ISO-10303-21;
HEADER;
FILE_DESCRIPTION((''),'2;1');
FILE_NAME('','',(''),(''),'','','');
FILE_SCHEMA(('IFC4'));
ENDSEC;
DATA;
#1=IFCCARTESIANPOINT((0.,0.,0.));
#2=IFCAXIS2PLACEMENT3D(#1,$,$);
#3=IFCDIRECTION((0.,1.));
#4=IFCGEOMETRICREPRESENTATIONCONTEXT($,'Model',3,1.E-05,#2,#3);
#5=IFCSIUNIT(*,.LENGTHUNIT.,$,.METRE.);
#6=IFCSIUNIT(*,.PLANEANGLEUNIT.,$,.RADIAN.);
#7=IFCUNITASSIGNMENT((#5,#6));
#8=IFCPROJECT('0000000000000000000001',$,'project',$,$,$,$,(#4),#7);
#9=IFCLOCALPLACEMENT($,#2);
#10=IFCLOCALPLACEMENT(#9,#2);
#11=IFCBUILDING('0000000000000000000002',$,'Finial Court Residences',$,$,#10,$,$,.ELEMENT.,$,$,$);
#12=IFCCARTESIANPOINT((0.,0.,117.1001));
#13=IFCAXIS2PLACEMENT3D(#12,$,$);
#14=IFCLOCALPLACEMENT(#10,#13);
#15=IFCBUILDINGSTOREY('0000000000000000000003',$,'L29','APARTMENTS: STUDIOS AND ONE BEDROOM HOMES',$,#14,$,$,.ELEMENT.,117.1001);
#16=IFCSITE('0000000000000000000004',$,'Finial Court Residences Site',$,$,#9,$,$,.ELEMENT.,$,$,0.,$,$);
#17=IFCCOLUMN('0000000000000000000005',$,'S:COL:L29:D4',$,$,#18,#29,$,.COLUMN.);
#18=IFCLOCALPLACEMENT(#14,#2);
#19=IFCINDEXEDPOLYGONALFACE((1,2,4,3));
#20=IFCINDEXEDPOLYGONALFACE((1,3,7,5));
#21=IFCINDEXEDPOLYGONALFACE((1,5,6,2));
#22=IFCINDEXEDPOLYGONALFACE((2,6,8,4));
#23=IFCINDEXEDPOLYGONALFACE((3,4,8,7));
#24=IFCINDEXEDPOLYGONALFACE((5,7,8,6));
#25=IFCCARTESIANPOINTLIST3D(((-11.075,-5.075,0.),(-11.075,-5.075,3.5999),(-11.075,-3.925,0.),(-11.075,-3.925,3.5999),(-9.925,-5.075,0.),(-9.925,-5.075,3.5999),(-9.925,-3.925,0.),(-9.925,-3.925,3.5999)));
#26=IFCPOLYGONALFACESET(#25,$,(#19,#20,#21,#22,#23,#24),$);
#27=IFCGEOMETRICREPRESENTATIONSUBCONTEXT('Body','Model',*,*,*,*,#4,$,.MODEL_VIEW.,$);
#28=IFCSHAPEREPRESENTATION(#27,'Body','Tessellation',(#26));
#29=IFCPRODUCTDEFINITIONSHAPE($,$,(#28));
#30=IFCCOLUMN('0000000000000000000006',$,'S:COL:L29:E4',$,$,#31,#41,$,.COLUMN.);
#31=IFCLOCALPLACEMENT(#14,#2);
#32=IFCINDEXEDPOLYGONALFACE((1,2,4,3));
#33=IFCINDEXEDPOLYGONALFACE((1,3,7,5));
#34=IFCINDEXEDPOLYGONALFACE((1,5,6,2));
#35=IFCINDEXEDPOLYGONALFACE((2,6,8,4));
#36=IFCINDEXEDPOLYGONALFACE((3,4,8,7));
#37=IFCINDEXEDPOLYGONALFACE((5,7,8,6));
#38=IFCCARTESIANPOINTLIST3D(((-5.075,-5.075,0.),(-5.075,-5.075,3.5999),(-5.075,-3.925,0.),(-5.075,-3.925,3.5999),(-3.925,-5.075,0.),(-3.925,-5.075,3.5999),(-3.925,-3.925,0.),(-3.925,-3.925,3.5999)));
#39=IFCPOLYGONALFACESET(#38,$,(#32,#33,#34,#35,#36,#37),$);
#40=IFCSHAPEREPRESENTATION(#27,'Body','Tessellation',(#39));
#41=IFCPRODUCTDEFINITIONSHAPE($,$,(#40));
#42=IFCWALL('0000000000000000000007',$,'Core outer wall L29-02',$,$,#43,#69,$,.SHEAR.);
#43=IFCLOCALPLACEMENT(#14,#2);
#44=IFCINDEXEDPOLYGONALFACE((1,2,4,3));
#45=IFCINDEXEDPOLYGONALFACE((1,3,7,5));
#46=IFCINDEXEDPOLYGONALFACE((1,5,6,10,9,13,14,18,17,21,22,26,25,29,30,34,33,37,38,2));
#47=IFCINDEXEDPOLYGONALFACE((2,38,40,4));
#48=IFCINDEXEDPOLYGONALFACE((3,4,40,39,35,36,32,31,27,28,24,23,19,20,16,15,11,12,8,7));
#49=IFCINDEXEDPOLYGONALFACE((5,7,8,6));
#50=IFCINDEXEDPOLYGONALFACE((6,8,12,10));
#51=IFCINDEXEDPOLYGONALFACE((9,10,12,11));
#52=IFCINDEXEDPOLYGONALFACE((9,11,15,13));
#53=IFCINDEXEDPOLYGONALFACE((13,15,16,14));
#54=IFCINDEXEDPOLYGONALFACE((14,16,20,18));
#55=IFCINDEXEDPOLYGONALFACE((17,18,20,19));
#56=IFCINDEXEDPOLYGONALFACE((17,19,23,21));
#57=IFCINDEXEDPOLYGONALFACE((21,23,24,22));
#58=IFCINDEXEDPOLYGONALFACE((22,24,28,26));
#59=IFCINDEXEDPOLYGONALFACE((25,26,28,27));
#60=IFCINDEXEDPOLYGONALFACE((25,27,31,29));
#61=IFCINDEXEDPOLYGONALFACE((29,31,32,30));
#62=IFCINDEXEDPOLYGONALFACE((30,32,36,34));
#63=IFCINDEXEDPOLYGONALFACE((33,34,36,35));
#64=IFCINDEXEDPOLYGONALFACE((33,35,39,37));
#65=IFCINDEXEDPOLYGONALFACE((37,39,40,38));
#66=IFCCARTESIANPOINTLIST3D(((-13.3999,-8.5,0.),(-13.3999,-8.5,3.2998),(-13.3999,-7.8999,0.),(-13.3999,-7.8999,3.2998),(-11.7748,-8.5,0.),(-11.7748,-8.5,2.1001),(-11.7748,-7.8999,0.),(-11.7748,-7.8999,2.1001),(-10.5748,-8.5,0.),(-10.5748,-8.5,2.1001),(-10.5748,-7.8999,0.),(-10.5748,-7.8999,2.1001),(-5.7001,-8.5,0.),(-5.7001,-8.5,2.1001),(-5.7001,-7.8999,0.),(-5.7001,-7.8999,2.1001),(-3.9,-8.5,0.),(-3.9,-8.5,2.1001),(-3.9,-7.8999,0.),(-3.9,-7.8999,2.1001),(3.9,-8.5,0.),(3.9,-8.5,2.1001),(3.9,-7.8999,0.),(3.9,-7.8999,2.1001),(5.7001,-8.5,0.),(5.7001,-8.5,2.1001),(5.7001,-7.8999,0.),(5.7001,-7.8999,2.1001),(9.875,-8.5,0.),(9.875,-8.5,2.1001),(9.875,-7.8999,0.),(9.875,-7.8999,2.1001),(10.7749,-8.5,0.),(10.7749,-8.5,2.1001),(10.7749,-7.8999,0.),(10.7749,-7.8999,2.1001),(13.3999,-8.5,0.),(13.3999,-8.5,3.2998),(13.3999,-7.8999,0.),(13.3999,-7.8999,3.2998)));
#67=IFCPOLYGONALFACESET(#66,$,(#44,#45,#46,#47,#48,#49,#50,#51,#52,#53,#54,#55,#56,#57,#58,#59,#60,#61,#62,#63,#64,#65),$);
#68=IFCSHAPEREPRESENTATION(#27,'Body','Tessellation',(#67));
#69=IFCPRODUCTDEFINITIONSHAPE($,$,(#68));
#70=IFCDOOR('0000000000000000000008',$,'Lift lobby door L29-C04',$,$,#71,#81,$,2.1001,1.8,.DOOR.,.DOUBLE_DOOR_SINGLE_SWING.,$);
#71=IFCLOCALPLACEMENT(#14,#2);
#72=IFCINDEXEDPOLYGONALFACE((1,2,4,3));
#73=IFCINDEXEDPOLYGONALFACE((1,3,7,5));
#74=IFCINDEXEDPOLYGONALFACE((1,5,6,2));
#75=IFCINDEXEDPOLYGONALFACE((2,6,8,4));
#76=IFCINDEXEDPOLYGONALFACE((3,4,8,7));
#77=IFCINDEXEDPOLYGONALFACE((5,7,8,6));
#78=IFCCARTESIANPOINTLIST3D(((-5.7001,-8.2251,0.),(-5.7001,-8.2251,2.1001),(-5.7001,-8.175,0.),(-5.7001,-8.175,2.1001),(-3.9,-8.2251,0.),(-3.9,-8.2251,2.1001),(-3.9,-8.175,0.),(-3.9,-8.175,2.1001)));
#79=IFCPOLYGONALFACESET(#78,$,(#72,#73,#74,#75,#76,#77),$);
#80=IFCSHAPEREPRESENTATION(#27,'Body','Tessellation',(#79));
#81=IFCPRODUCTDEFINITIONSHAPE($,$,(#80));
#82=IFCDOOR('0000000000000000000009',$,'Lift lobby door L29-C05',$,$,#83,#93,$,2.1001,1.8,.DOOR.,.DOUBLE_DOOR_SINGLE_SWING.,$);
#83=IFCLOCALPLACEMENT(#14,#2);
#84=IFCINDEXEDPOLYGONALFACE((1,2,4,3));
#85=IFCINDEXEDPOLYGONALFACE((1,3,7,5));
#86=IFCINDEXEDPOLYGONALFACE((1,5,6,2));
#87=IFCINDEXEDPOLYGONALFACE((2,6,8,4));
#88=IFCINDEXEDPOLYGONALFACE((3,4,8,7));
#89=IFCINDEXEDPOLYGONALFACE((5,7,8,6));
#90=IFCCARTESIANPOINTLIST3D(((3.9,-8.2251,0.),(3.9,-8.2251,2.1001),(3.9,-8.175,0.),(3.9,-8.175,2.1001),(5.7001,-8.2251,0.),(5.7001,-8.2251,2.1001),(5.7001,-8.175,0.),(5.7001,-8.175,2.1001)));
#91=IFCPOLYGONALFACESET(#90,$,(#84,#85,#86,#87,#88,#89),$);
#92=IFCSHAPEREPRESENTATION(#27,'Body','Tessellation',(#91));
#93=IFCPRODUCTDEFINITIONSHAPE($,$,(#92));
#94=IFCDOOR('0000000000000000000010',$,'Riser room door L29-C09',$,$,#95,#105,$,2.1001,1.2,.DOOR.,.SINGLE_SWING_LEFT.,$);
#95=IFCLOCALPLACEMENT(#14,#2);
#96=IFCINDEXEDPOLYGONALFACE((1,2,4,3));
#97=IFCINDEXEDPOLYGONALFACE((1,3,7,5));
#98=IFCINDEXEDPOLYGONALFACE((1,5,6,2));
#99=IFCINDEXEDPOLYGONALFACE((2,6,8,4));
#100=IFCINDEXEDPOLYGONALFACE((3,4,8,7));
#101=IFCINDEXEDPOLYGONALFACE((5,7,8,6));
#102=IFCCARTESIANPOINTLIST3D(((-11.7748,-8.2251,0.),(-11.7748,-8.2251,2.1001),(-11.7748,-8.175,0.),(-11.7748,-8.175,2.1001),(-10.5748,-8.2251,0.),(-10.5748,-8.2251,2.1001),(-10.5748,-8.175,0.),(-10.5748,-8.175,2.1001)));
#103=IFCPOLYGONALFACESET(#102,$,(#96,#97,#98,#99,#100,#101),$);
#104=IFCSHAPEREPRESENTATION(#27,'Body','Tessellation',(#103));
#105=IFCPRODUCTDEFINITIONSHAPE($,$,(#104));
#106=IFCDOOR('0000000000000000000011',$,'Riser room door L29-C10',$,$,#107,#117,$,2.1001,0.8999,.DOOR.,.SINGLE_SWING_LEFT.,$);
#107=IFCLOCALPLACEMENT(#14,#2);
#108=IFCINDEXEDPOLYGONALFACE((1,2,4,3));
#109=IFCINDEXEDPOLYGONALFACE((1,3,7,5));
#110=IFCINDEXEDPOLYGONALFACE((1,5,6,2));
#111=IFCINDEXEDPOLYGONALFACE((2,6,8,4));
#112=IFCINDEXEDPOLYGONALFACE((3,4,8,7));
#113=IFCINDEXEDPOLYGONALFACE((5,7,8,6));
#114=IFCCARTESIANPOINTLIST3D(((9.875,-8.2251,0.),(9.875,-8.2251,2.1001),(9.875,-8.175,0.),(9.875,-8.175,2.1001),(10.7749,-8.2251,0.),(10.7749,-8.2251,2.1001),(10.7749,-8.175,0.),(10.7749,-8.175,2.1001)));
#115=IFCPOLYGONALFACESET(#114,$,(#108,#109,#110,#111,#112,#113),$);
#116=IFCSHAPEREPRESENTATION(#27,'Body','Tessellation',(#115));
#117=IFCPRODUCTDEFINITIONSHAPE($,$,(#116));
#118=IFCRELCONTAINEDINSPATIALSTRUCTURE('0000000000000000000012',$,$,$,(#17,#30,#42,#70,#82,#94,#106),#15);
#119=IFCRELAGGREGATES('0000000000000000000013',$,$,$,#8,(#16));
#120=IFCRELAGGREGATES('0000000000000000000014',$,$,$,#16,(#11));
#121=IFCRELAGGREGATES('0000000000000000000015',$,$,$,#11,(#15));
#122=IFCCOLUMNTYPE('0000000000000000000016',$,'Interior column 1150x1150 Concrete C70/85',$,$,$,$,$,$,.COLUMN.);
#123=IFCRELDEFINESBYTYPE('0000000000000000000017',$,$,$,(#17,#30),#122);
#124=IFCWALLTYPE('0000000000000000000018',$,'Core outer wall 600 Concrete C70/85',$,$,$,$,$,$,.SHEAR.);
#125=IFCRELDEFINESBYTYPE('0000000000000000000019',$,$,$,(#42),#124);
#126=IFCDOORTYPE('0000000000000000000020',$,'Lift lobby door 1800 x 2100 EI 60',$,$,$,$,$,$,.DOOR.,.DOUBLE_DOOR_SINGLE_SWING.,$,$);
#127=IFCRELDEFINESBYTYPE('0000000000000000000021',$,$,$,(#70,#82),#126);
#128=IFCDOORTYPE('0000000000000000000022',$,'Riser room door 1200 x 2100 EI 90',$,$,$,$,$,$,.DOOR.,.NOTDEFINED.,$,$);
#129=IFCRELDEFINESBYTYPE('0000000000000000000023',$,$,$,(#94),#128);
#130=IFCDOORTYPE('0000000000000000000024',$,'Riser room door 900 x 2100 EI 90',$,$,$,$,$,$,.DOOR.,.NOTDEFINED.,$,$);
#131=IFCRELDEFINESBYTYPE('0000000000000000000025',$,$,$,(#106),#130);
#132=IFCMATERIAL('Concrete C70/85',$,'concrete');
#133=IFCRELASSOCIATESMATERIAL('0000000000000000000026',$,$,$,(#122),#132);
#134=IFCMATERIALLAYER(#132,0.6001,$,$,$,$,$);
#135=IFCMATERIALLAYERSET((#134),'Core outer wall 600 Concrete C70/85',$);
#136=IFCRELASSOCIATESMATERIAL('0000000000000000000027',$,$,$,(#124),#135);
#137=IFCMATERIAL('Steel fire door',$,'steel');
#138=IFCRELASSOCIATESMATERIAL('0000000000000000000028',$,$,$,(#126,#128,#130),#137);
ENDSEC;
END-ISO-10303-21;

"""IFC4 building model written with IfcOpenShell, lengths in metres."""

from ifc_helpers import new_model, si_unit, direction, frame, frame_2d, origin, origin_2d, place, context, subcontext, project, spatial, rectangle, extrude, material, layer, layer_set, material_profile, profile_set, type_object, element, fill, save


model = new_model("IFC4")

# Units and contexts
model_context = context("Model", 3, precision=1e-05, world=origin(), true_north=direction((0.0, 1.0)))
body_context = subcontext(model_context, "Body", "Model", "MODEL_VIEW")
ifc_project = project(units=[si_unit("LENGTHUNIT", "METRE"), si_unit("PLANEANGLEUNIT", "RADIAN")], contexts=[model_context])

# Site, building, storey
site_placement = place(None, origin())
site = spatial("IfcSite", under=ifc_project, at=site_placement, Name="Finial Court Residences Site", CompositionType="ELEMENT", RefElevation=0.0)
building_placement = place(site_placement, origin())
building = spatial("IfcBuilding", under=site, at=building_placement, Name="Finial Court Residences", CompositionType="ELEMENT")
storey_placement = place(building_placement, frame((0.0, 0.0, 117.1001)))
storey = spatial("IfcBuildingStorey", under=building, at=storey_placement, Name="L29", Description="APARTMENTS: STUDIOS AND ONE BEDROOM HOMES", CompositionType="ELEMENT", Elevation=117.1001)

# Columns
ifc_material_1 = material(Name="Concrete C70/85", Category="concrete")
ifc_material_profile = material_profile(ifc_material_1, rectangle(XDim=1.1499, YDim=1.1499, at=origin_2d()), Name="1150x1150")
ifc_profile_set = profile_set([ifc_material_profile], Name="Concrete C70/85")
column_type = type_object("IfcColumnType", Name="Interior column 1150x1150 Concrete C70/85", PredefinedType="COLUMN", material=ifc_profile_set)
for number, where, z_axis, x_axis, name in (
    (1, (-10.5, -4.5, 0.0), (0.0, 0.0, 1.0), (1.0, 0.0, 0.0), "S:COL:L29:D4"),
    (2, (-4.5, -4.5, 0.0), (0.0, 0.0, 1.0), (1.0, 0.0, 0.0), "S:COL:L29:E4"),
):
    element("IfcColumn", number, at=place(storey_placement, frame(where, z_axis=z_axis, x_axis=x_axis)), inside=storey, type_object=column_type, Name=name, PredefinedType="COLUMN", context=body_context, shape_type="SweptSolid", body=[
        extrude(rectangle(XDim=1.1499, YDim=1.1499, at=origin_2d()), origin(), (0.0, 0.0, 1.0), 3.5999),
    ])

# Wall, openings, doors
ifc_layer_1 = layer(ifc_material_1, 0.6001)
ifc_layer_set_1 = layer_set([ifc_layer_1], Name="Core outer wall 600 Concrete C70/85")
wall_type_1 = type_object("IfcWallType", Name="Core outer wall 600 Concrete C70/85", PredefinedType="SHEAR", material=ifc_layer_set_1)
wall_1_placement = place(storey_placement, frame((-13.3999, -8.2, 0.0), z_axis=(0.0, 0.0, 1.0), x_axis=(1.0, 0.0, 0.0)))
wall_1 = element("IfcWall", 3, at=wall_1_placement, inside=storey, type_object=wall_type_1, Name="Core outer wall L29-02", PredefinedType="SHEAR", context=body_context, shape_type="SweptSolid", body=[
    extrude(rectangle(XDim=26.7998, YDim=0.6001, at=frame_2d((13.3999, 0.0))), origin(), (0.0, 0.0, 1.0), 3.2998),
])
opening_1_placement = place(wall_1_placement, frame((7.7, 0.0, 0.0)))
opening_1 = element("IfcOpeningElement", 4, at=opening_1_placement, cuts=wall_1, PredefinedType="OPENING", context=body_context, shape_type="SweptSolid", body=[
    extrude(rectangle(XDim=1.8, YDim=2.1001, at=frame_2d((0.8999, 1.05))), frame((0.0, 0.3101, 0.0), z_axis=(0.0, -1.0, 0.0), x_axis=(1.0, 0.0, 0.0)), (0.0, 0.0, 1.0), 0.6201),
])
opening_2_placement = place(wall_1_placement, frame((17.3, 0.0, 0.0)))
opening_2 = element("IfcOpeningElement", 5, at=opening_2_placement, cuts=wall_1, PredefinedType="OPENING", context=body_context, shape_type="SweptSolid", body=[
    extrude(rectangle(XDim=1.8, YDim=2.1001, at=frame_2d((0.8999, 1.05))), frame((0.0, 0.3101, 0.0), z_axis=(0.0, -1.0, 0.0), x_axis=(1.0, 0.0, 0.0)), (0.0, 0.0, 1.0), 0.6201),
])
opening_3_placement = place(wall_1_placement, frame((1.625, 0.0, 0.0)))
opening_3 = element("IfcOpeningElement", 6, at=opening_3_placement, cuts=wall_1, PredefinedType="OPENING", context=body_context, shape_type="SweptSolid", body=[
    extrude(rectangle(XDim=1.2, YDim=2.1001, at=frame_2d((0.6001, 1.05))), frame((0.0, 0.3101, 0.0), z_axis=(0.0, -1.0, 0.0), x_axis=(1.0, 0.0, 0.0)), (0.0, 0.0, 1.0), 0.6201),
])
opening_4_placement = place(wall_1_placement, frame((23.2749, 0.0, 0.0)))
opening_4 = element("IfcOpeningElement", 7, at=opening_4_placement, cuts=wall_1, PredefinedType="OPENING", context=body_context, shape_type="SweptSolid", body=[
    extrude(rectangle(XDim=0.8999, YDim=2.1001, at=frame_2d((0.45, 1.05))), frame((0.0, 0.3101, 0.0), z_axis=(0.0, -1.0, 0.0), x_axis=(1.0, 0.0, 0.0)), (0.0, 0.0, 1.0), 0.6201),
])
ifc_material_2 = material(Name="Steel fire door", Category="steel")
door_type_1 = type_object("IfcDoorType", Name="Lift lobby door 1800 x 2100 EI 60", OperationType="DOUBLE_DOOR_SINGLE_SWING", PredefinedType="DOOR", material=ifc_material_2)
door_1_placement = place(opening_1_placement, origin())
door_1 = element("IfcDoor", 8, at=door_1_placement, inside=storey, type_object=door_type_1, Name="Lift lobby door L29-C04", OperationType="DOUBLE_DOOR_SINGLE_SWING", OverallHeight=2.1001, OverallWidth=1.8, PredefinedType="DOOR", context=body_context, shape_type="SweptSolid", body=[
    extrude(rectangle(XDim=1.8, YDim=2.1001, at=frame_2d((0.8999, 1.05))), frame((0.0, 0.0249, 0.0), z_axis=(0.0, -1.0, 0.0), x_axis=(1.0, 0.0, 0.0)), (0.0, 0.0, 1.0), 0.05),
])
fill(opening_1, door_1)
door_2_placement = place(opening_2_placement, origin())
door_2 = element("IfcDoor", 9, at=door_2_placement, inside=storey, type_object=door_type_1, Name="Lift lobby door L29-C05", OperationType="DOUBLE_DOOR_SINGLE_SWING", OverallHeight=2.1001, OverallWidth=1.8, PredefinedType="DOOR", context=body_context, shape_type="SweptSolid", body=[
    extrude(rectangle(XDim=1.8, YDim=2.1001, at=frame_2d((0.8999, 1.05))), frame((0.0, 0.0249, 0.0), z_axis=(0.0, -1.0, 0.0), x_axis=(1.0, 0.0, 0.0)), (0.0, 0.0, 1.0), 0.05),
])
fill(opening_2, door_2)
door_type_2 = type_object("IfcDoorType", Name="Riser room door 1200 x 2100 EI 90", OperationType="NOTDEFINED", PredefinedType="DOOR", material=ifc_material_2)
door_3_placement = place(opening_3_placement, origin())
door_3 = element("IfcDoor", 10, at=door_3_placement, inside=storey, type_object=door_type_2, Name="Riser room door L29-C09", OperationType="SINGLE_SWING_LEFT", OverallHeight=2.1001, OverallWidth=1.2, PredefinedType="DOOR", context=body_context, shape_type="SweptSolid", body=[
    extrude(rectangle(XDim=1.2, YDim=2.1001, at=frame_2d((0.6001, 1.05))), frame((0.0, 0.0249, 0.0), z_axis=(0.0, -1.0, 0.0), x_axis=(1.0, 0.0, 0.0)), (0.0, 0.0, 1.0), 0.05),
])
fill(opening_3, door_3)
door_type_3 = type_object("IfcDoorType", Name="Riser room door 900 x 2100 EI 90", OperationType="NOTDEFINED", PredefinedType="DOOR", material=ifc_material_2)
door_4_placement = place(opening_4_placement, origin())
door_4 = element("IfcDoor", 11, at=door_4_placement, inside=storey, type_object=door_type_3, Name="Riser room door L29-C10", OperationType="SINGLE_SWING_LEFT", OverallHeight=2.1001, OverallWidth=0.8999, PredefinedType="DOOR", context=body_context, shape_type="SweptSolid", body=[
    extrude(rectangle(XDim=0.8999, YDim=2.1001, at=frame_2d((0.45, 1.05))), frame((0.0, 0.0249, 0.0), z_axis=(0.0, -1.0, 0.0), x_axis=(1.0, 0.0, 0.0)), (0.0, 0.0, 1.0), 0.05),
])
fill(opening_4, door_4)

save(model, "model.ifc")
